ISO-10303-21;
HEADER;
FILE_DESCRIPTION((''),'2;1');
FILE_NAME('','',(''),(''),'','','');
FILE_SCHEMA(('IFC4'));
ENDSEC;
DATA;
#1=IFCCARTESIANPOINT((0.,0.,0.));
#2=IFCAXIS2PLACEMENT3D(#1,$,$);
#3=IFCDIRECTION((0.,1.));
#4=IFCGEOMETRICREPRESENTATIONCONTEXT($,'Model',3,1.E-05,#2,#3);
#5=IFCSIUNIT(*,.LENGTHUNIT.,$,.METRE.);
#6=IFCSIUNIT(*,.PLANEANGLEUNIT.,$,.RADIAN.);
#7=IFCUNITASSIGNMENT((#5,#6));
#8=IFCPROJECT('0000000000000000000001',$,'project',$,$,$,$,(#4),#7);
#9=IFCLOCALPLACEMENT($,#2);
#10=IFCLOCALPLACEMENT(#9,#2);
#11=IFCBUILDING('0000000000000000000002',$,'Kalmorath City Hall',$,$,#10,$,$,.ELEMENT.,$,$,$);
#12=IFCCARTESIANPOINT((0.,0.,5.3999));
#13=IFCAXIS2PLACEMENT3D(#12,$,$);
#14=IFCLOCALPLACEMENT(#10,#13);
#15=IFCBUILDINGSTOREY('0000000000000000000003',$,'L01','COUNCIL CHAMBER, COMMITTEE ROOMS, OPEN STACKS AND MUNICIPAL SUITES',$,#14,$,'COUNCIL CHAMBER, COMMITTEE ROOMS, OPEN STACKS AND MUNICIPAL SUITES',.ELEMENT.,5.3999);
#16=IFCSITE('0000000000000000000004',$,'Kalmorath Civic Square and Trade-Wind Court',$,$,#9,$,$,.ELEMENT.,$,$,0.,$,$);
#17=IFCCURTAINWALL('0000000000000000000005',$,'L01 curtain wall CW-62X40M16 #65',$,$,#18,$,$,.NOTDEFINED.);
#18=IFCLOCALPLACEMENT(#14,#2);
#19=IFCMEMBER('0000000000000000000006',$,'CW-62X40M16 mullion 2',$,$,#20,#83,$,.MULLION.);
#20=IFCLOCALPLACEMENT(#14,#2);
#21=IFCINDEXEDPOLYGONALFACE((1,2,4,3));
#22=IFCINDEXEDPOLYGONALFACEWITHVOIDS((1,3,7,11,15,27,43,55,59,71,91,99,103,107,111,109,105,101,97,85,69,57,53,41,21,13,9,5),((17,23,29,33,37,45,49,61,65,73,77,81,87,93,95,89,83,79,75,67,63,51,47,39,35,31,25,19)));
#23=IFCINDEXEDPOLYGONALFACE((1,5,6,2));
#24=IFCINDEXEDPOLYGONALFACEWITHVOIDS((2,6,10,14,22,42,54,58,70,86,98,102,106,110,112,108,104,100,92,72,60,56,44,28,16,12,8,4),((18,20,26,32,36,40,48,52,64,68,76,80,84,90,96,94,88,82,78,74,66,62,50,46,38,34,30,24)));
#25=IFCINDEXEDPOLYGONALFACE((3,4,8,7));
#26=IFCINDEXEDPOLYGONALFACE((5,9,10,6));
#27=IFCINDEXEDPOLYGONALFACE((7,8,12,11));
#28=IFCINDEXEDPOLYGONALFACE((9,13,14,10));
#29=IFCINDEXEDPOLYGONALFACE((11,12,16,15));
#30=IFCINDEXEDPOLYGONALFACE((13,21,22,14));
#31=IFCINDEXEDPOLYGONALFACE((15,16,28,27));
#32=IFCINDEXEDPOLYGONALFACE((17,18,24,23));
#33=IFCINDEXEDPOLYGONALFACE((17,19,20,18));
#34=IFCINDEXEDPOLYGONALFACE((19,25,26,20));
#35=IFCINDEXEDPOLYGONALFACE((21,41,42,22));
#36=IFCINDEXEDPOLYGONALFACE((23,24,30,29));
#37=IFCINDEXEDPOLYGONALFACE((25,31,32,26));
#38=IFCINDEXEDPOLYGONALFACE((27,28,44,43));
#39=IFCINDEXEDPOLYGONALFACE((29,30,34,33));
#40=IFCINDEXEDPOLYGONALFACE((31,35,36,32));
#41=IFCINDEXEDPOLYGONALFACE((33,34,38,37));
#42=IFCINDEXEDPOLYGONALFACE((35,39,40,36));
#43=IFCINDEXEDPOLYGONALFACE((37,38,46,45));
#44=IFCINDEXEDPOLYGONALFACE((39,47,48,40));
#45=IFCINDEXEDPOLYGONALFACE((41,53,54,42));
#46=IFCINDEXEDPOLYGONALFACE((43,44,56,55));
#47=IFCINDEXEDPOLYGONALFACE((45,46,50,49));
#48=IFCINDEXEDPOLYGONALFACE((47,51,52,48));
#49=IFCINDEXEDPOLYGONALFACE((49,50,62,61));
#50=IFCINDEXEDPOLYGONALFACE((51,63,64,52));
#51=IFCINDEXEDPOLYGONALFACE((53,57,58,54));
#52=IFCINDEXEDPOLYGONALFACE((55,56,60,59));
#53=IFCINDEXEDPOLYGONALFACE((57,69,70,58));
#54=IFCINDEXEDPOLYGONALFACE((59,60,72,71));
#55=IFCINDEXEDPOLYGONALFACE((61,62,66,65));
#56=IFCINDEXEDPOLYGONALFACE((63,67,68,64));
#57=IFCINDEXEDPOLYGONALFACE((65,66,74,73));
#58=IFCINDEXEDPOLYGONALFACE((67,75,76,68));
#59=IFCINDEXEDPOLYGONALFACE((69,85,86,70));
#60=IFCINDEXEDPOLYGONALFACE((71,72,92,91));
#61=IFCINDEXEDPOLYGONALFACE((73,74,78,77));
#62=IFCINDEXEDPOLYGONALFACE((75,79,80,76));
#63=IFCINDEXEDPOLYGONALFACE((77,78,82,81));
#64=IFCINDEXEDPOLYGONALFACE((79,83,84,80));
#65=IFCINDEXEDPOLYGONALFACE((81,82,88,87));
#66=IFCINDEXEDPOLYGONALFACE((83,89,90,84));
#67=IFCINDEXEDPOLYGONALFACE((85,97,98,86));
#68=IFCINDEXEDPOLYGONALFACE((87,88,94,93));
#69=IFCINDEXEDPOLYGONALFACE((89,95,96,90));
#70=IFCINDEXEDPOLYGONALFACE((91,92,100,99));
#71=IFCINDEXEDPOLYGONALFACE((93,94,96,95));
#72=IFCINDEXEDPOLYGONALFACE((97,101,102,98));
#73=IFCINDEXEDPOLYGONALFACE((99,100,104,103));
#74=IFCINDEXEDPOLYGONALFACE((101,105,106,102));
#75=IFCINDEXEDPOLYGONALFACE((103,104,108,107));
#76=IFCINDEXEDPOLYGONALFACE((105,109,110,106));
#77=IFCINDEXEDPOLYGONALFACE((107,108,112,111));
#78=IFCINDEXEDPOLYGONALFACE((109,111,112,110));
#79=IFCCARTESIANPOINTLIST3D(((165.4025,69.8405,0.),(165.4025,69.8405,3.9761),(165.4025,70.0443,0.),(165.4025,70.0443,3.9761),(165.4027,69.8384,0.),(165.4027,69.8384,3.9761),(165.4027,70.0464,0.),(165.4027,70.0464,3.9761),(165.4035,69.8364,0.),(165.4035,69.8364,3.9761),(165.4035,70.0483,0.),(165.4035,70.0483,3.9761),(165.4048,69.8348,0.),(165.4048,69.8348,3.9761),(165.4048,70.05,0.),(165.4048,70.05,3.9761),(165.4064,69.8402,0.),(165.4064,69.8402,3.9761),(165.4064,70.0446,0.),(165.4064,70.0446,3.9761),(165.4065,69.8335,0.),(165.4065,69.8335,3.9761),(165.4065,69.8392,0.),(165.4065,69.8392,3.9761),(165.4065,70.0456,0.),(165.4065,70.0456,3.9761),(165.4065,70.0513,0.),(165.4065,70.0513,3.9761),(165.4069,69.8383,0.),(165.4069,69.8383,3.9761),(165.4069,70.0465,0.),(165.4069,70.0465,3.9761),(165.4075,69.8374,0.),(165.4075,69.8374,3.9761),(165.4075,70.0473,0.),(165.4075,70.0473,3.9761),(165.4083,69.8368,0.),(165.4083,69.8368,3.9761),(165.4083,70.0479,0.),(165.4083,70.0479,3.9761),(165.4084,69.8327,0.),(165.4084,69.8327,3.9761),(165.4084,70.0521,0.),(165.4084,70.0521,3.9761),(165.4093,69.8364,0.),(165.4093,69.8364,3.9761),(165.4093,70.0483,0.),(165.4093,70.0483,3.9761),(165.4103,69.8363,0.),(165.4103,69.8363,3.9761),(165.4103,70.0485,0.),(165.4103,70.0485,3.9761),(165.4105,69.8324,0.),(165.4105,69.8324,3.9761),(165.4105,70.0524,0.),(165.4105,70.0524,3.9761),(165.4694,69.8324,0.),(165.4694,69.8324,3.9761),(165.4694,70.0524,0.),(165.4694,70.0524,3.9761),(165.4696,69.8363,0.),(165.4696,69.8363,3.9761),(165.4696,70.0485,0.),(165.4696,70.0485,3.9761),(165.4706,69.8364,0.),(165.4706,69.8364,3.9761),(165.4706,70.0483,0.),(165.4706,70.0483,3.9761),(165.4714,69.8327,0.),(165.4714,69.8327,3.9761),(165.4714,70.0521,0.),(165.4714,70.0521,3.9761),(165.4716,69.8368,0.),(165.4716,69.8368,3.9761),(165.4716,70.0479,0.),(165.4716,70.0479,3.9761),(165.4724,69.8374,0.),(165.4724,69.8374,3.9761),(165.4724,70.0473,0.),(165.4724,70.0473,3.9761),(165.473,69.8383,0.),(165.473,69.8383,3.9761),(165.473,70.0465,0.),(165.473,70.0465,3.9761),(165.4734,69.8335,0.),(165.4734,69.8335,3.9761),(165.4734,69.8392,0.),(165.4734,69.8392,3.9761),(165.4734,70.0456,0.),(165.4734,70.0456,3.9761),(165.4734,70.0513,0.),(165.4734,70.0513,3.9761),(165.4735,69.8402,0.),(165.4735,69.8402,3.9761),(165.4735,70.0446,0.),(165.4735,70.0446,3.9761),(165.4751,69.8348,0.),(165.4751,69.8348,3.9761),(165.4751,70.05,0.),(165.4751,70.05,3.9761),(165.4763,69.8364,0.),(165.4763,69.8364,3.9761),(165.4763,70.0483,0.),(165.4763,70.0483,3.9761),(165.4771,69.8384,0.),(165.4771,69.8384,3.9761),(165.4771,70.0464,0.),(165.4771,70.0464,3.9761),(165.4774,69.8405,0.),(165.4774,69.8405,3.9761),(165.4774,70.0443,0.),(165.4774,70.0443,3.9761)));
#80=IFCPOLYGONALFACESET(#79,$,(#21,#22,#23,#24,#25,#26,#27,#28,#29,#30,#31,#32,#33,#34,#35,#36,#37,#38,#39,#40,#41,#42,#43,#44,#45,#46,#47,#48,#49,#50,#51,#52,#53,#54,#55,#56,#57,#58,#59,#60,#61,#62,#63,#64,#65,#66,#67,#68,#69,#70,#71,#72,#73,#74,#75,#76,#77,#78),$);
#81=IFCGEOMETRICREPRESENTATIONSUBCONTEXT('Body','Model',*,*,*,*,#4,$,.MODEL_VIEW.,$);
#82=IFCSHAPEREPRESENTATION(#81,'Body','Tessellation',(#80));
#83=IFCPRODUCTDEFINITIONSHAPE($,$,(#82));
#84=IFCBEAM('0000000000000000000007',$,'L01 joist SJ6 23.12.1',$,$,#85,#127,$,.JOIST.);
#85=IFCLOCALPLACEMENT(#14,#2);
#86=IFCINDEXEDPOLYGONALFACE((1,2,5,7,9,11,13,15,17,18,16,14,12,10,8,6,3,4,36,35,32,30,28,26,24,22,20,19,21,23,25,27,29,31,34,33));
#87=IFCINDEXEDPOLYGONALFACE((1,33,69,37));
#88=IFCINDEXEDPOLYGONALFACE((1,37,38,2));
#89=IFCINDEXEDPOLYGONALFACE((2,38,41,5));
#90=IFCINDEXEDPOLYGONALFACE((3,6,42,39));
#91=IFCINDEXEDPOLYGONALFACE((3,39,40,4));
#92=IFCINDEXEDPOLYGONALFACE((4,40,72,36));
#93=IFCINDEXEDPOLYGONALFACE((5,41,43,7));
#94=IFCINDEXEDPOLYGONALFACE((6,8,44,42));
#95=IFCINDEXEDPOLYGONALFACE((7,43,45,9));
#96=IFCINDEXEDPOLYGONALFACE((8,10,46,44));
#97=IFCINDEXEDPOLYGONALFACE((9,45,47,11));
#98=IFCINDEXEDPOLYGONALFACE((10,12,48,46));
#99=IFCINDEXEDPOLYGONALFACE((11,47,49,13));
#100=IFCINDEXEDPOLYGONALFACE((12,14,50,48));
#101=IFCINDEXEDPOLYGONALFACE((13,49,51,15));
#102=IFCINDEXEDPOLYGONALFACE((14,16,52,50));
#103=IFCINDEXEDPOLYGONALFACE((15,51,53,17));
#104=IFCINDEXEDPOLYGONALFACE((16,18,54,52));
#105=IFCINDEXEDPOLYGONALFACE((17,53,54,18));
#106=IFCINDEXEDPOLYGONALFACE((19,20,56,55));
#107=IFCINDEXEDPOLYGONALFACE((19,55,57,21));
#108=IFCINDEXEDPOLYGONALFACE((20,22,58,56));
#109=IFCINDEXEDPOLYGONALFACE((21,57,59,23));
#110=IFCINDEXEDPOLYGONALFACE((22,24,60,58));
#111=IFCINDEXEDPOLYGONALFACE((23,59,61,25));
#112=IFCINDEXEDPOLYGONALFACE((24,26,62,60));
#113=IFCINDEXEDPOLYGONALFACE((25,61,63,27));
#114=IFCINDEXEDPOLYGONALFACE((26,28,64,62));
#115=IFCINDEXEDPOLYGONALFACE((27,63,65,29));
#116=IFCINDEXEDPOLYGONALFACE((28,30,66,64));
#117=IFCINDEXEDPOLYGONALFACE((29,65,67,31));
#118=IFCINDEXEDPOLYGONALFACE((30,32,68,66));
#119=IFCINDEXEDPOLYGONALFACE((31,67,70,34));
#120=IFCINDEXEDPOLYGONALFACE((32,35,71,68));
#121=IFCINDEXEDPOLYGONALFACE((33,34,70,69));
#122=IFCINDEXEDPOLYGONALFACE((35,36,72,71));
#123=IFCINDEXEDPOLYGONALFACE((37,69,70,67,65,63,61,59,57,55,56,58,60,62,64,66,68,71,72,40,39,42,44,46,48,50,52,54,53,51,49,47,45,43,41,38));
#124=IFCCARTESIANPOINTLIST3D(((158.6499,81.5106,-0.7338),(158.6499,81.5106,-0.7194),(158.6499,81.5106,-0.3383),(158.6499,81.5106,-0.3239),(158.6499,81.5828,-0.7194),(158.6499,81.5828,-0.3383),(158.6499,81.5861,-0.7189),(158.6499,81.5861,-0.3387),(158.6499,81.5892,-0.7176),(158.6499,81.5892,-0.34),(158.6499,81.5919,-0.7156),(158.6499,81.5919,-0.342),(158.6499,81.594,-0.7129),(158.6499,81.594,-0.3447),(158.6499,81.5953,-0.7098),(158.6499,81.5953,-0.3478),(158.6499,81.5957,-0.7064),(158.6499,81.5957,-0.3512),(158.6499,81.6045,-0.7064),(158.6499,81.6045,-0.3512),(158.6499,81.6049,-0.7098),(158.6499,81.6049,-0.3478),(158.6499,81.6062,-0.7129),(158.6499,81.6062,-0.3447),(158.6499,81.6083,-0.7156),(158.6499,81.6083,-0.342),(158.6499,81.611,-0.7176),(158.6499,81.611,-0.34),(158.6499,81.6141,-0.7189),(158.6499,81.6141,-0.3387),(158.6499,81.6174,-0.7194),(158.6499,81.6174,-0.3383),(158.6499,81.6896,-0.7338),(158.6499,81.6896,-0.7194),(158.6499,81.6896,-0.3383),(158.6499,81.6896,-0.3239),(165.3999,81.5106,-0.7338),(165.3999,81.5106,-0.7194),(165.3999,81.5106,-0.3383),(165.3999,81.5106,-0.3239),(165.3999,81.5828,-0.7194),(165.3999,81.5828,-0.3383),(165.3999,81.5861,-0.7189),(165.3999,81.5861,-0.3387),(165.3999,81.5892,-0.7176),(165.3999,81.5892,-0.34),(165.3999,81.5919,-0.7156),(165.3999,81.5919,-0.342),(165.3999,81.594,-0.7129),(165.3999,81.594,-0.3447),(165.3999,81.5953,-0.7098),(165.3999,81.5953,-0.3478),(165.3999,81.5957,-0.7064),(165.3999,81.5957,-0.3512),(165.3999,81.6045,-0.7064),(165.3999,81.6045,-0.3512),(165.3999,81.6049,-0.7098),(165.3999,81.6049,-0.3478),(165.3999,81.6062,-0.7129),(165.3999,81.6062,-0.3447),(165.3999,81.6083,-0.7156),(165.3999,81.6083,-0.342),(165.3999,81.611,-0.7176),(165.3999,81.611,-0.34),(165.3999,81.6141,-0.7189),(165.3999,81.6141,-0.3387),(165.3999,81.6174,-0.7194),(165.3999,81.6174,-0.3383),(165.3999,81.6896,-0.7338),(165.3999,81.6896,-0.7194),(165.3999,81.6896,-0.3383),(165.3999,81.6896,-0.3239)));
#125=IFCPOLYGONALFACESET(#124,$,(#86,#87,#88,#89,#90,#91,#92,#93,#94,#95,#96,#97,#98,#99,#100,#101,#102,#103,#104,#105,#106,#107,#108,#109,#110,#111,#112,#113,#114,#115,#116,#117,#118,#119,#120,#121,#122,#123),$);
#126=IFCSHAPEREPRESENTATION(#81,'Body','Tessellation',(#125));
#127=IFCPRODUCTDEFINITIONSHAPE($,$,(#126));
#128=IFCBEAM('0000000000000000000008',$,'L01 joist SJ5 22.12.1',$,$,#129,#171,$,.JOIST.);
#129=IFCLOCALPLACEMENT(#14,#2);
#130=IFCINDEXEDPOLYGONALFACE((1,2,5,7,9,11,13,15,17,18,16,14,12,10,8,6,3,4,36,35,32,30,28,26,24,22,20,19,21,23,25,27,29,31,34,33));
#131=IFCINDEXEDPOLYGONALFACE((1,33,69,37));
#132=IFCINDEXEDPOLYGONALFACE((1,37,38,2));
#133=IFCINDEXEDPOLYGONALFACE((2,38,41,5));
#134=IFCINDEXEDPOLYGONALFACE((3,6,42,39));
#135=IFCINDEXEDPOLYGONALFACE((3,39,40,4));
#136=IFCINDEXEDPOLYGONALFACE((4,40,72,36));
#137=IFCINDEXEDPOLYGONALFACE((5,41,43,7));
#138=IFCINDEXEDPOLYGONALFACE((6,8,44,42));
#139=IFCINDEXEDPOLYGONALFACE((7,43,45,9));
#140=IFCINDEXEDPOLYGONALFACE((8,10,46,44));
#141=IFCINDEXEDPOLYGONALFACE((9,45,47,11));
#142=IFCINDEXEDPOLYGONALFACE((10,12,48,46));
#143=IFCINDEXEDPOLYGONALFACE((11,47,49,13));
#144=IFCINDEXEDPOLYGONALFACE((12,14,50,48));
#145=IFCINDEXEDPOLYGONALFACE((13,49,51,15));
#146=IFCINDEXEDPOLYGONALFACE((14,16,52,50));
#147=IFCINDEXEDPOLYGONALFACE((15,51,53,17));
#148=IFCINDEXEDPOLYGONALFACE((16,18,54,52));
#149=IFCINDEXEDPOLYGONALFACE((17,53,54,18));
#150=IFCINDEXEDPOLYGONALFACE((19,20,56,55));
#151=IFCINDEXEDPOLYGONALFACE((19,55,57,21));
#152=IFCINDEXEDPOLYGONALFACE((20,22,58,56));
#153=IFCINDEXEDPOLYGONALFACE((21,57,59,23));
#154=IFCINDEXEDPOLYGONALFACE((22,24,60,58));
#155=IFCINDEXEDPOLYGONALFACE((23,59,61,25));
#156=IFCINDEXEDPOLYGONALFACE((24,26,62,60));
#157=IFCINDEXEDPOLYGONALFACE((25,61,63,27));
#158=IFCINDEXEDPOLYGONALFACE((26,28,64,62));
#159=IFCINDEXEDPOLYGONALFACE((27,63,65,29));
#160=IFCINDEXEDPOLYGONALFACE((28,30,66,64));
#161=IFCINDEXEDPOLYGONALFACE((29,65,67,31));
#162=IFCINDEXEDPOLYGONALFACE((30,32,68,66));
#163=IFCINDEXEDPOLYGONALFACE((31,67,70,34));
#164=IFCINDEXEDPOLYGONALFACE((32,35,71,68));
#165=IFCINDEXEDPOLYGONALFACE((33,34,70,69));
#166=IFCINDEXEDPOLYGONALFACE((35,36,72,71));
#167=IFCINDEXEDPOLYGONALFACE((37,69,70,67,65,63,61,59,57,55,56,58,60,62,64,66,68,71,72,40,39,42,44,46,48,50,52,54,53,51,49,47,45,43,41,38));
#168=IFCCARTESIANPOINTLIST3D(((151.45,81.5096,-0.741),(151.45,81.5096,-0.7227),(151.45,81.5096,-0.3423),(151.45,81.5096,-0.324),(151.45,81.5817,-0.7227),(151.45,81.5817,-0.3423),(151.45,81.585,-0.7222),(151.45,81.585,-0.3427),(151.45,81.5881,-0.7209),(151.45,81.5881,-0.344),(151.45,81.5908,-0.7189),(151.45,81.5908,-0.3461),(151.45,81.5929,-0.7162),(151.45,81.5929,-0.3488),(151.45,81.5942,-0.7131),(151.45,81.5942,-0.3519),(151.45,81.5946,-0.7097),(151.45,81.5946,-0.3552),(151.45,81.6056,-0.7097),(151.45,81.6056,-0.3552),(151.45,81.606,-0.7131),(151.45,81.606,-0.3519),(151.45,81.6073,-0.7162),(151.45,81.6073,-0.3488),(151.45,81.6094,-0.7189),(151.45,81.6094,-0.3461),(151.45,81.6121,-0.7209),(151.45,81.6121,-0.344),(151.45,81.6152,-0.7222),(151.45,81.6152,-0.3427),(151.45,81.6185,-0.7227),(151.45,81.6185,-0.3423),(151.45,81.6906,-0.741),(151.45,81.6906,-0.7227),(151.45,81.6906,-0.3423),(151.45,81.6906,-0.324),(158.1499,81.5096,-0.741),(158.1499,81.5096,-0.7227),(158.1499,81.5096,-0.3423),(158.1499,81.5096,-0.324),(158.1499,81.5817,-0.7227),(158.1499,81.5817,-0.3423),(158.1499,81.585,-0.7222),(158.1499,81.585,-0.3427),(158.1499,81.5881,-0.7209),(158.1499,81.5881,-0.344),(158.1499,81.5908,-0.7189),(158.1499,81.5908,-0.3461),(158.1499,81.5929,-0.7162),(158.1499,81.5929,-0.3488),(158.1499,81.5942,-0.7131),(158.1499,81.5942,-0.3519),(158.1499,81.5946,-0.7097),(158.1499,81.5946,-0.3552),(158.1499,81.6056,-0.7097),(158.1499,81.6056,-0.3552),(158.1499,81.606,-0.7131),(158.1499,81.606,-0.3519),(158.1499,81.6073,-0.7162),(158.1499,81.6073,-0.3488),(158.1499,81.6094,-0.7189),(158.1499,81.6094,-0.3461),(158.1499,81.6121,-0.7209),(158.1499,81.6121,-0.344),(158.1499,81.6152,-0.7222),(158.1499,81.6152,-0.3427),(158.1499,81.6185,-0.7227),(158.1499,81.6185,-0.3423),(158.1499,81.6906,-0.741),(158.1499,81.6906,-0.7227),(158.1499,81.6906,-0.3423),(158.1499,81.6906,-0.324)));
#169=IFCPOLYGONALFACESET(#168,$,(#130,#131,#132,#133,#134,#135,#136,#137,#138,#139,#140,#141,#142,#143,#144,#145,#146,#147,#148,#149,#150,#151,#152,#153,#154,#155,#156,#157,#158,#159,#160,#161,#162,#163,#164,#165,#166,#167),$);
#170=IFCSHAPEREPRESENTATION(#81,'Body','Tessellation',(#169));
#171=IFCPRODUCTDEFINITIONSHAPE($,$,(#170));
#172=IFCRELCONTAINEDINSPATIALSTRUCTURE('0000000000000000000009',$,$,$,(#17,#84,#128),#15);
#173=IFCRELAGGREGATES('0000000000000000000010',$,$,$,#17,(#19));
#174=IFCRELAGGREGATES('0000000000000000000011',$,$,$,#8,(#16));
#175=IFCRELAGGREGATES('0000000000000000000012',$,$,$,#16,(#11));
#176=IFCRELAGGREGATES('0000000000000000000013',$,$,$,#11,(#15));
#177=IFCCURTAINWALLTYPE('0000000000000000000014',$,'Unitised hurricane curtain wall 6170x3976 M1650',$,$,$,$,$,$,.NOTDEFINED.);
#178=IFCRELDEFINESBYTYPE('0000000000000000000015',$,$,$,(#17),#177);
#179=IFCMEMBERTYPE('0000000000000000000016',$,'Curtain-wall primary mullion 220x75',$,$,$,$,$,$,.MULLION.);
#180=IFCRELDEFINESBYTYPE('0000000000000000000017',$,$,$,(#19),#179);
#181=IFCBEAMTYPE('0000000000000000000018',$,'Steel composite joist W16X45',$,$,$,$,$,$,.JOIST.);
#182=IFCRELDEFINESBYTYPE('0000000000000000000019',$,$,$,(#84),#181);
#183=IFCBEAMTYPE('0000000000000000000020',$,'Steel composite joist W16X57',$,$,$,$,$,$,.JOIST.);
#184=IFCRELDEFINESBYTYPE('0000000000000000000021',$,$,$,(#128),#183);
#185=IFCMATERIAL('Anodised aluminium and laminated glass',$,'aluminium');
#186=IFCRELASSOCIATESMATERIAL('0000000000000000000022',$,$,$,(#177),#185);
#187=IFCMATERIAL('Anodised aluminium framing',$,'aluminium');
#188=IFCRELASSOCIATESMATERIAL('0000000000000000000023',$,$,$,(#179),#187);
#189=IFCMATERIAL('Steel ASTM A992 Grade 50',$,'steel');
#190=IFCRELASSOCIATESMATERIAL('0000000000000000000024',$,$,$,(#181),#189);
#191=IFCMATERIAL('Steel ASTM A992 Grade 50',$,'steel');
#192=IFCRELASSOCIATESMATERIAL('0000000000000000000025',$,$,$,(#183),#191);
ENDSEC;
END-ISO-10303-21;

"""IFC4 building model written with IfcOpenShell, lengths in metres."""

from ifc_helpers import new_model, si_unit, direction, frame, origin, origin_2d, place, context, subcontext, project, spatial, hollow_rectangle, i_section, extrude, material, material_profile, profile_set, type_object, element, aggregate, save


model = new_model("IFC4")

# Units and contexts
model_context = context("Model", 3, precision=1e-05, world=origin(), true_north=direction((0.0, 1.0)))
body_context = subcontext(model_context, "Body", "Model", "MODEL_VIEW")
ifc_project = project(units=[si_unit("LENGTHUNIT", "METRE"), si_unit("PLANEANGLEUNIT", "RADIAN")], contexts=[model_context])

# Site, building, storey
site_placement = place(None, origin())
site = spatial("IfcSite", under=ifc_project, at=site_placement, Name="Kalmorath Civic Square and Trade-Wind Court", CompositionType="ELEMENT", RefElevation=0.0)
building_placement = place(site_placement, origin())
building = spatial("IfcBuilding", under=site, at=building_placement, Name="Kalmorath City Hall", CompositionType="ELEMENT")
storey_placement = place(building_placement, frame((0.0, 0.0, 5.3999)))
storey = spatial("IfcBuildingStorey", under=building, at=storey_placement, Name="L01", Description="COUNCIL CHAMBER, COMMITTEE ROOMS, OPEN STACKS AND MUNICIPAL SUITES", LongName="COUNCIL CHAMBER, COMMITTEE ROOMS, OPEN STACKS AND MUNICIPAL SUITES", CompositionType="ELEMENT", Elevation=5.3999)

# Curtain wall, member
ifc_material_1 = material(Name="Anodised aluminium and laminated glass", Category="aluminium")
curtain_wall_type = type_object("IfcCurtainWallType", Name="Unitised hurricane curtain wall 6170x3976 M1650", PredefinedType="NOTDEFINED", material=ifc_material_1)
curtain_wall_placement = place(storey_placement, origin())
curtain_wall = element("IfcCurtainWall", 1, at=curtain_wall_placement, inside=storey, type_object=curtain_wall_type, Name="L01 curtain wall CW-62X40M16 #65", PredefinedType="NOTDEFINED")
ifc_material_2 = material(Name="Anodised aluminium framing", Category="aluminium")
ifc_material_profile_1 = material_profile(ifc_material_2, hollow_rectangle(XDim=0.075, YDim=0.22, WallThickness=0.0039, InnerFilletRadius=0.0039, OuterFilletRadius=0.0081, at=origin_2d()), Name="ALU-MUL-220X75X4")
ifc_profile_set_1 = profile_set([ifc_material_profile_1], Name="Anodised aluminium framing")
member_type_1 = type_object("IfcMemberType", Name="Curtain-wall primary mullion 220x75", PredefinedType="MULLION", material=ifc_profile_set_1)
member_1_placement = place(storey_placement, frame((165.4399, 69.9424, 0.0), z_axis=(0.0, 0.0, 1.0), x_axis=(1.0, 0.0, 0.0)))
member_1 = element("IfcMember", 2, at=member_1_placement, type_object=member_type_1, Name="CW-62X40M16 mullion 2", PredefinedType="MULLION", context=body_context, shape_type="SweptSolid", body=[
    extrude(hollow_rectangle(XDim=0.075, YDim=0.22, WallThickness=0.0039, InnerFilletRadius=0.0039, OuterFilletRadius=0.0081, at=origin_2d()), origin(), (0.0, 0.0, 1.0), 3.9761),
])

# Beams
ifc_material_3 = material(Name="Steel ASTM A992 Grade 50", Category="steel")
ifc_material_profile_2 = material_profile(ifc_material_3, i_section(OverallWidth=0.179, OverallDepth=0.4099, WebThickness=0.0088, FlangeThickness=0.0144, FilletRadius=0.0129, at=origin_2d()), Name="W16X45")
ifc_profile_set_2 = profile_set([ifc_material_profile_2], Name="Steel ASTM A992 Grade 50")
beam_type_1 = type_object("IfcBeamType", Name="Steel composite joist W16X45", PredefinedType="JOIST", material=ifc_profile_set_2)
beam_1_placement = place(storey_placement, frame((158.6499, 81.6001, -0.5288), z_axis=(1.0, 0.0, 0.0), x_axis=(0.0, 1.0, 0.0)))
element("IfcBeam", 3, at=beam_1_placement, inside=storey, type_object=beam_type_1, Name="L01 joist SJ6 23.12.1", PredefinedType="JOIST", context=body_context, shape_type="SweptSolid", body=[
    extrude(i_section(OverallWidth=0.179, OverallDepth=0.4099, WebThickness=0.0088, FlangeThickness=0.0144, FilletRadius=0.0129, at=origin_2d()), origin(), (0.0, 0.0, 1.0), 6.75),
])
ifc_material_4 = material(Name="Steel ASTM A992 Grade 50", Category="steel")
ifc_material_profile_3 = material_profile(ifc_material_4, i_section(OverallWidth=0.1809, OverallDepth=0.417, WebThickness=0.011, FlangeThickness=0.0183, FilletRadius=0.0129, at=origin_2d()), Name="W16X57")
ifc_profile_set_3 = profile_set([ifc_material_profile_3], Name="Steel ASTM A992 Grade 50")
beam_type_2 = type_object("IfcBeamType", Name="Steel composite joist W16X57", PredefinedType="JOIST", material=ifc_profile_set_3)
beam_2_placement = place(storey_placement, frame((151.45, 81.6001, -0.5325), z_axis=(1.0, 0.0, 0.0), x_axis=(0.0, 1.0, 0.0)))
element("IfcBeam", 4, at=beam_2_placement, inside=storey, type_object=beam_type_2, Name="L01 joist SJ5 22.12.1", PredefinedType="JOIST", context=body_context, shape_type="SweptSolid", body=[
    extrude(i_section(OverallWidth=0.1809, OverallDepth=0.417, WebThickness=0.011, FlangeThickness=0.0183, FilletRadius=0.0129, at=origin_2d()), origin(), (0.0, 0.0, 1.0), 6.7),
])

aggregate(curtain_wall, [member_1])

save(model, "model.ifc")
